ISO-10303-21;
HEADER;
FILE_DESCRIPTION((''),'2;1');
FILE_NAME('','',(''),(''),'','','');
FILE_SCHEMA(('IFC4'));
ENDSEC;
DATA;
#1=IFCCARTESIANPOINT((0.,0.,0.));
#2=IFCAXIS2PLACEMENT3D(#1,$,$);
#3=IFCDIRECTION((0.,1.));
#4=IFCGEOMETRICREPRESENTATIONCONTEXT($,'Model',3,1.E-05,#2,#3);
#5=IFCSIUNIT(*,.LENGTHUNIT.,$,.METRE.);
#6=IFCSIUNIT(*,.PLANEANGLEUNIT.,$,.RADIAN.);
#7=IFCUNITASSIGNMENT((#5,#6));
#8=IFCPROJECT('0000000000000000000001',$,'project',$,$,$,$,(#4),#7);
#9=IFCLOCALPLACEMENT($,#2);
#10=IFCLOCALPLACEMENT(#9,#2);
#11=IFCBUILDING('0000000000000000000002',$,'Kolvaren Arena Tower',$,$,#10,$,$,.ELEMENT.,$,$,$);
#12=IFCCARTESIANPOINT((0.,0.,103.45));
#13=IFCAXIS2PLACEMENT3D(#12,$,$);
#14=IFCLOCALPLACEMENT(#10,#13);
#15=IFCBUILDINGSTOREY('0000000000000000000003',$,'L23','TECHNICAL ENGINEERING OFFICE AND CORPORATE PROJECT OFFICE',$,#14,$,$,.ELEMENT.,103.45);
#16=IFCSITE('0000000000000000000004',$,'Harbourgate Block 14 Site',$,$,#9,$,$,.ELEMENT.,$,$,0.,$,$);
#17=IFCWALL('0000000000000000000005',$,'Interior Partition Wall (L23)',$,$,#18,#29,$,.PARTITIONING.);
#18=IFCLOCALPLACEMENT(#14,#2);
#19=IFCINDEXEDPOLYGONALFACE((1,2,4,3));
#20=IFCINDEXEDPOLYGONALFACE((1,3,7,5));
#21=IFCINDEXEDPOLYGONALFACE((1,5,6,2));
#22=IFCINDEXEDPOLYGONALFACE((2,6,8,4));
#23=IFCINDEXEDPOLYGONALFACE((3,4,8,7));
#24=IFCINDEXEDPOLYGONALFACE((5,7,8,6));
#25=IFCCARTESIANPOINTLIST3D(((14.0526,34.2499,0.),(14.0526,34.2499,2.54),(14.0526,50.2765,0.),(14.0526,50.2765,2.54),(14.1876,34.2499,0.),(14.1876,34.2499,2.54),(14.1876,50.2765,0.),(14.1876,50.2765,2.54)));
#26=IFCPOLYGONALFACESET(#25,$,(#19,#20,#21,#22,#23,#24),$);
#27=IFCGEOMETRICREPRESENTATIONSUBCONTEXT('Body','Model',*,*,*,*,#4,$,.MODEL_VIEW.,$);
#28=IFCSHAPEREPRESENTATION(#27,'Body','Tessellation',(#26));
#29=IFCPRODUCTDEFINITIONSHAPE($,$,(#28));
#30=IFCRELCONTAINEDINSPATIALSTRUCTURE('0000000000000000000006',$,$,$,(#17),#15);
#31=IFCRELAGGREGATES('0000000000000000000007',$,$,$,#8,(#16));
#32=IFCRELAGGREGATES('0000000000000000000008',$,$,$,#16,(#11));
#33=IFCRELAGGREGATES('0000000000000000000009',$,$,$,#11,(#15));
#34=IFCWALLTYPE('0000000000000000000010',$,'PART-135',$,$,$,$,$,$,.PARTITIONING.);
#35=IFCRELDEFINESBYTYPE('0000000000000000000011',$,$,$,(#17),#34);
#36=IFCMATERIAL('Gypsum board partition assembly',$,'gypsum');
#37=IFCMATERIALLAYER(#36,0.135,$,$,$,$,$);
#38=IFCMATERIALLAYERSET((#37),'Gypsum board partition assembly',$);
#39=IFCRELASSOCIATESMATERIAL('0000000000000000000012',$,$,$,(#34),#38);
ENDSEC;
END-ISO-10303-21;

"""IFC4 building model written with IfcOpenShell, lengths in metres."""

from ifc_helpers import new_model, si_unit, direction, frame, frame_2d, origin, place, context, subcontext, project, spatial, rectangle, extrude, material, layer, layer_set, type_object, element, save


model = new_model("IFC4")

# Units and contexts
model_context = context("Model", 3, precision=1e-05, world=origin(), true_north=direction((0.0, 1.0)))
body_context = subcontext(model_context, "Body", "Model", "MODEL_VIEW")
ifc_project = project(units=[si_unit("LENGTHUNIT", "METRE"), si_unit("PLANEANGLEUNIT", "RADIAN")], contexts=[model_context])

# Site, building, storey
site_placement = place(None, origin())
site = spatial("IfcSite", under=ifc_project, at=site_placement, Name="Harbourgate Block 14 Site", CompositionType="ELEMENT", RefElevation=0.0)
building_placement = place(site_placement, origin())
building = spatial("IfcBuilding", under=site, at=building_placement, Name="Kolvaren Arena Tower", CompositionType="ELEMENT")
storey_placement = place(building_placement, frame((0.0, 0.0, 103.45)))
storey = spatial("IfcBuildingStorey", under=building, at=storey_placement, Name="L23", Description="TECHNICAL ENGINEERING OFFICE AND CORPORATE PROJECT OFFICE", CompositionType="ELEMENT", Elevation=103.45)

# Wall
ifc_material_1 = material(Name="Gypsum board partition assembly", Category="gypsum")
ifc_layer_1 = layer(ifc_material_1, 0.135)
ifc_layer_set_1 = layer_set([ifc_layer_1], Name="Gypsum board partition assembly")
wall_type_1 = type_object("IfcWallType", Name="PART-135", PredefinedType="PARTITIONING", material=ifc_layer_set_1)
wall_1_placement = place(storey_placement, frame((14.1201, 34.25, 0.0), z_axis=(0.0, 0.0, 1.0), x_axis=(0.0, 1.0, 0.0)))
element("IfcWall", 1, at=wall_1_placement, inside=storey, type_object=wall_type_1, Name="Interior Partition Wall (L23)", PredefinedType="PARTITIONING", context=body_context, shape_type="SweptSolid", body=[
    extrude(rectangle(XDim=16.0266, YDim=0.135, at=frame_2d((8.0132, 0.0))), origin(), (0.0, 0.0, 1.0), 2.54),
])

save(model, "model.ifc")
